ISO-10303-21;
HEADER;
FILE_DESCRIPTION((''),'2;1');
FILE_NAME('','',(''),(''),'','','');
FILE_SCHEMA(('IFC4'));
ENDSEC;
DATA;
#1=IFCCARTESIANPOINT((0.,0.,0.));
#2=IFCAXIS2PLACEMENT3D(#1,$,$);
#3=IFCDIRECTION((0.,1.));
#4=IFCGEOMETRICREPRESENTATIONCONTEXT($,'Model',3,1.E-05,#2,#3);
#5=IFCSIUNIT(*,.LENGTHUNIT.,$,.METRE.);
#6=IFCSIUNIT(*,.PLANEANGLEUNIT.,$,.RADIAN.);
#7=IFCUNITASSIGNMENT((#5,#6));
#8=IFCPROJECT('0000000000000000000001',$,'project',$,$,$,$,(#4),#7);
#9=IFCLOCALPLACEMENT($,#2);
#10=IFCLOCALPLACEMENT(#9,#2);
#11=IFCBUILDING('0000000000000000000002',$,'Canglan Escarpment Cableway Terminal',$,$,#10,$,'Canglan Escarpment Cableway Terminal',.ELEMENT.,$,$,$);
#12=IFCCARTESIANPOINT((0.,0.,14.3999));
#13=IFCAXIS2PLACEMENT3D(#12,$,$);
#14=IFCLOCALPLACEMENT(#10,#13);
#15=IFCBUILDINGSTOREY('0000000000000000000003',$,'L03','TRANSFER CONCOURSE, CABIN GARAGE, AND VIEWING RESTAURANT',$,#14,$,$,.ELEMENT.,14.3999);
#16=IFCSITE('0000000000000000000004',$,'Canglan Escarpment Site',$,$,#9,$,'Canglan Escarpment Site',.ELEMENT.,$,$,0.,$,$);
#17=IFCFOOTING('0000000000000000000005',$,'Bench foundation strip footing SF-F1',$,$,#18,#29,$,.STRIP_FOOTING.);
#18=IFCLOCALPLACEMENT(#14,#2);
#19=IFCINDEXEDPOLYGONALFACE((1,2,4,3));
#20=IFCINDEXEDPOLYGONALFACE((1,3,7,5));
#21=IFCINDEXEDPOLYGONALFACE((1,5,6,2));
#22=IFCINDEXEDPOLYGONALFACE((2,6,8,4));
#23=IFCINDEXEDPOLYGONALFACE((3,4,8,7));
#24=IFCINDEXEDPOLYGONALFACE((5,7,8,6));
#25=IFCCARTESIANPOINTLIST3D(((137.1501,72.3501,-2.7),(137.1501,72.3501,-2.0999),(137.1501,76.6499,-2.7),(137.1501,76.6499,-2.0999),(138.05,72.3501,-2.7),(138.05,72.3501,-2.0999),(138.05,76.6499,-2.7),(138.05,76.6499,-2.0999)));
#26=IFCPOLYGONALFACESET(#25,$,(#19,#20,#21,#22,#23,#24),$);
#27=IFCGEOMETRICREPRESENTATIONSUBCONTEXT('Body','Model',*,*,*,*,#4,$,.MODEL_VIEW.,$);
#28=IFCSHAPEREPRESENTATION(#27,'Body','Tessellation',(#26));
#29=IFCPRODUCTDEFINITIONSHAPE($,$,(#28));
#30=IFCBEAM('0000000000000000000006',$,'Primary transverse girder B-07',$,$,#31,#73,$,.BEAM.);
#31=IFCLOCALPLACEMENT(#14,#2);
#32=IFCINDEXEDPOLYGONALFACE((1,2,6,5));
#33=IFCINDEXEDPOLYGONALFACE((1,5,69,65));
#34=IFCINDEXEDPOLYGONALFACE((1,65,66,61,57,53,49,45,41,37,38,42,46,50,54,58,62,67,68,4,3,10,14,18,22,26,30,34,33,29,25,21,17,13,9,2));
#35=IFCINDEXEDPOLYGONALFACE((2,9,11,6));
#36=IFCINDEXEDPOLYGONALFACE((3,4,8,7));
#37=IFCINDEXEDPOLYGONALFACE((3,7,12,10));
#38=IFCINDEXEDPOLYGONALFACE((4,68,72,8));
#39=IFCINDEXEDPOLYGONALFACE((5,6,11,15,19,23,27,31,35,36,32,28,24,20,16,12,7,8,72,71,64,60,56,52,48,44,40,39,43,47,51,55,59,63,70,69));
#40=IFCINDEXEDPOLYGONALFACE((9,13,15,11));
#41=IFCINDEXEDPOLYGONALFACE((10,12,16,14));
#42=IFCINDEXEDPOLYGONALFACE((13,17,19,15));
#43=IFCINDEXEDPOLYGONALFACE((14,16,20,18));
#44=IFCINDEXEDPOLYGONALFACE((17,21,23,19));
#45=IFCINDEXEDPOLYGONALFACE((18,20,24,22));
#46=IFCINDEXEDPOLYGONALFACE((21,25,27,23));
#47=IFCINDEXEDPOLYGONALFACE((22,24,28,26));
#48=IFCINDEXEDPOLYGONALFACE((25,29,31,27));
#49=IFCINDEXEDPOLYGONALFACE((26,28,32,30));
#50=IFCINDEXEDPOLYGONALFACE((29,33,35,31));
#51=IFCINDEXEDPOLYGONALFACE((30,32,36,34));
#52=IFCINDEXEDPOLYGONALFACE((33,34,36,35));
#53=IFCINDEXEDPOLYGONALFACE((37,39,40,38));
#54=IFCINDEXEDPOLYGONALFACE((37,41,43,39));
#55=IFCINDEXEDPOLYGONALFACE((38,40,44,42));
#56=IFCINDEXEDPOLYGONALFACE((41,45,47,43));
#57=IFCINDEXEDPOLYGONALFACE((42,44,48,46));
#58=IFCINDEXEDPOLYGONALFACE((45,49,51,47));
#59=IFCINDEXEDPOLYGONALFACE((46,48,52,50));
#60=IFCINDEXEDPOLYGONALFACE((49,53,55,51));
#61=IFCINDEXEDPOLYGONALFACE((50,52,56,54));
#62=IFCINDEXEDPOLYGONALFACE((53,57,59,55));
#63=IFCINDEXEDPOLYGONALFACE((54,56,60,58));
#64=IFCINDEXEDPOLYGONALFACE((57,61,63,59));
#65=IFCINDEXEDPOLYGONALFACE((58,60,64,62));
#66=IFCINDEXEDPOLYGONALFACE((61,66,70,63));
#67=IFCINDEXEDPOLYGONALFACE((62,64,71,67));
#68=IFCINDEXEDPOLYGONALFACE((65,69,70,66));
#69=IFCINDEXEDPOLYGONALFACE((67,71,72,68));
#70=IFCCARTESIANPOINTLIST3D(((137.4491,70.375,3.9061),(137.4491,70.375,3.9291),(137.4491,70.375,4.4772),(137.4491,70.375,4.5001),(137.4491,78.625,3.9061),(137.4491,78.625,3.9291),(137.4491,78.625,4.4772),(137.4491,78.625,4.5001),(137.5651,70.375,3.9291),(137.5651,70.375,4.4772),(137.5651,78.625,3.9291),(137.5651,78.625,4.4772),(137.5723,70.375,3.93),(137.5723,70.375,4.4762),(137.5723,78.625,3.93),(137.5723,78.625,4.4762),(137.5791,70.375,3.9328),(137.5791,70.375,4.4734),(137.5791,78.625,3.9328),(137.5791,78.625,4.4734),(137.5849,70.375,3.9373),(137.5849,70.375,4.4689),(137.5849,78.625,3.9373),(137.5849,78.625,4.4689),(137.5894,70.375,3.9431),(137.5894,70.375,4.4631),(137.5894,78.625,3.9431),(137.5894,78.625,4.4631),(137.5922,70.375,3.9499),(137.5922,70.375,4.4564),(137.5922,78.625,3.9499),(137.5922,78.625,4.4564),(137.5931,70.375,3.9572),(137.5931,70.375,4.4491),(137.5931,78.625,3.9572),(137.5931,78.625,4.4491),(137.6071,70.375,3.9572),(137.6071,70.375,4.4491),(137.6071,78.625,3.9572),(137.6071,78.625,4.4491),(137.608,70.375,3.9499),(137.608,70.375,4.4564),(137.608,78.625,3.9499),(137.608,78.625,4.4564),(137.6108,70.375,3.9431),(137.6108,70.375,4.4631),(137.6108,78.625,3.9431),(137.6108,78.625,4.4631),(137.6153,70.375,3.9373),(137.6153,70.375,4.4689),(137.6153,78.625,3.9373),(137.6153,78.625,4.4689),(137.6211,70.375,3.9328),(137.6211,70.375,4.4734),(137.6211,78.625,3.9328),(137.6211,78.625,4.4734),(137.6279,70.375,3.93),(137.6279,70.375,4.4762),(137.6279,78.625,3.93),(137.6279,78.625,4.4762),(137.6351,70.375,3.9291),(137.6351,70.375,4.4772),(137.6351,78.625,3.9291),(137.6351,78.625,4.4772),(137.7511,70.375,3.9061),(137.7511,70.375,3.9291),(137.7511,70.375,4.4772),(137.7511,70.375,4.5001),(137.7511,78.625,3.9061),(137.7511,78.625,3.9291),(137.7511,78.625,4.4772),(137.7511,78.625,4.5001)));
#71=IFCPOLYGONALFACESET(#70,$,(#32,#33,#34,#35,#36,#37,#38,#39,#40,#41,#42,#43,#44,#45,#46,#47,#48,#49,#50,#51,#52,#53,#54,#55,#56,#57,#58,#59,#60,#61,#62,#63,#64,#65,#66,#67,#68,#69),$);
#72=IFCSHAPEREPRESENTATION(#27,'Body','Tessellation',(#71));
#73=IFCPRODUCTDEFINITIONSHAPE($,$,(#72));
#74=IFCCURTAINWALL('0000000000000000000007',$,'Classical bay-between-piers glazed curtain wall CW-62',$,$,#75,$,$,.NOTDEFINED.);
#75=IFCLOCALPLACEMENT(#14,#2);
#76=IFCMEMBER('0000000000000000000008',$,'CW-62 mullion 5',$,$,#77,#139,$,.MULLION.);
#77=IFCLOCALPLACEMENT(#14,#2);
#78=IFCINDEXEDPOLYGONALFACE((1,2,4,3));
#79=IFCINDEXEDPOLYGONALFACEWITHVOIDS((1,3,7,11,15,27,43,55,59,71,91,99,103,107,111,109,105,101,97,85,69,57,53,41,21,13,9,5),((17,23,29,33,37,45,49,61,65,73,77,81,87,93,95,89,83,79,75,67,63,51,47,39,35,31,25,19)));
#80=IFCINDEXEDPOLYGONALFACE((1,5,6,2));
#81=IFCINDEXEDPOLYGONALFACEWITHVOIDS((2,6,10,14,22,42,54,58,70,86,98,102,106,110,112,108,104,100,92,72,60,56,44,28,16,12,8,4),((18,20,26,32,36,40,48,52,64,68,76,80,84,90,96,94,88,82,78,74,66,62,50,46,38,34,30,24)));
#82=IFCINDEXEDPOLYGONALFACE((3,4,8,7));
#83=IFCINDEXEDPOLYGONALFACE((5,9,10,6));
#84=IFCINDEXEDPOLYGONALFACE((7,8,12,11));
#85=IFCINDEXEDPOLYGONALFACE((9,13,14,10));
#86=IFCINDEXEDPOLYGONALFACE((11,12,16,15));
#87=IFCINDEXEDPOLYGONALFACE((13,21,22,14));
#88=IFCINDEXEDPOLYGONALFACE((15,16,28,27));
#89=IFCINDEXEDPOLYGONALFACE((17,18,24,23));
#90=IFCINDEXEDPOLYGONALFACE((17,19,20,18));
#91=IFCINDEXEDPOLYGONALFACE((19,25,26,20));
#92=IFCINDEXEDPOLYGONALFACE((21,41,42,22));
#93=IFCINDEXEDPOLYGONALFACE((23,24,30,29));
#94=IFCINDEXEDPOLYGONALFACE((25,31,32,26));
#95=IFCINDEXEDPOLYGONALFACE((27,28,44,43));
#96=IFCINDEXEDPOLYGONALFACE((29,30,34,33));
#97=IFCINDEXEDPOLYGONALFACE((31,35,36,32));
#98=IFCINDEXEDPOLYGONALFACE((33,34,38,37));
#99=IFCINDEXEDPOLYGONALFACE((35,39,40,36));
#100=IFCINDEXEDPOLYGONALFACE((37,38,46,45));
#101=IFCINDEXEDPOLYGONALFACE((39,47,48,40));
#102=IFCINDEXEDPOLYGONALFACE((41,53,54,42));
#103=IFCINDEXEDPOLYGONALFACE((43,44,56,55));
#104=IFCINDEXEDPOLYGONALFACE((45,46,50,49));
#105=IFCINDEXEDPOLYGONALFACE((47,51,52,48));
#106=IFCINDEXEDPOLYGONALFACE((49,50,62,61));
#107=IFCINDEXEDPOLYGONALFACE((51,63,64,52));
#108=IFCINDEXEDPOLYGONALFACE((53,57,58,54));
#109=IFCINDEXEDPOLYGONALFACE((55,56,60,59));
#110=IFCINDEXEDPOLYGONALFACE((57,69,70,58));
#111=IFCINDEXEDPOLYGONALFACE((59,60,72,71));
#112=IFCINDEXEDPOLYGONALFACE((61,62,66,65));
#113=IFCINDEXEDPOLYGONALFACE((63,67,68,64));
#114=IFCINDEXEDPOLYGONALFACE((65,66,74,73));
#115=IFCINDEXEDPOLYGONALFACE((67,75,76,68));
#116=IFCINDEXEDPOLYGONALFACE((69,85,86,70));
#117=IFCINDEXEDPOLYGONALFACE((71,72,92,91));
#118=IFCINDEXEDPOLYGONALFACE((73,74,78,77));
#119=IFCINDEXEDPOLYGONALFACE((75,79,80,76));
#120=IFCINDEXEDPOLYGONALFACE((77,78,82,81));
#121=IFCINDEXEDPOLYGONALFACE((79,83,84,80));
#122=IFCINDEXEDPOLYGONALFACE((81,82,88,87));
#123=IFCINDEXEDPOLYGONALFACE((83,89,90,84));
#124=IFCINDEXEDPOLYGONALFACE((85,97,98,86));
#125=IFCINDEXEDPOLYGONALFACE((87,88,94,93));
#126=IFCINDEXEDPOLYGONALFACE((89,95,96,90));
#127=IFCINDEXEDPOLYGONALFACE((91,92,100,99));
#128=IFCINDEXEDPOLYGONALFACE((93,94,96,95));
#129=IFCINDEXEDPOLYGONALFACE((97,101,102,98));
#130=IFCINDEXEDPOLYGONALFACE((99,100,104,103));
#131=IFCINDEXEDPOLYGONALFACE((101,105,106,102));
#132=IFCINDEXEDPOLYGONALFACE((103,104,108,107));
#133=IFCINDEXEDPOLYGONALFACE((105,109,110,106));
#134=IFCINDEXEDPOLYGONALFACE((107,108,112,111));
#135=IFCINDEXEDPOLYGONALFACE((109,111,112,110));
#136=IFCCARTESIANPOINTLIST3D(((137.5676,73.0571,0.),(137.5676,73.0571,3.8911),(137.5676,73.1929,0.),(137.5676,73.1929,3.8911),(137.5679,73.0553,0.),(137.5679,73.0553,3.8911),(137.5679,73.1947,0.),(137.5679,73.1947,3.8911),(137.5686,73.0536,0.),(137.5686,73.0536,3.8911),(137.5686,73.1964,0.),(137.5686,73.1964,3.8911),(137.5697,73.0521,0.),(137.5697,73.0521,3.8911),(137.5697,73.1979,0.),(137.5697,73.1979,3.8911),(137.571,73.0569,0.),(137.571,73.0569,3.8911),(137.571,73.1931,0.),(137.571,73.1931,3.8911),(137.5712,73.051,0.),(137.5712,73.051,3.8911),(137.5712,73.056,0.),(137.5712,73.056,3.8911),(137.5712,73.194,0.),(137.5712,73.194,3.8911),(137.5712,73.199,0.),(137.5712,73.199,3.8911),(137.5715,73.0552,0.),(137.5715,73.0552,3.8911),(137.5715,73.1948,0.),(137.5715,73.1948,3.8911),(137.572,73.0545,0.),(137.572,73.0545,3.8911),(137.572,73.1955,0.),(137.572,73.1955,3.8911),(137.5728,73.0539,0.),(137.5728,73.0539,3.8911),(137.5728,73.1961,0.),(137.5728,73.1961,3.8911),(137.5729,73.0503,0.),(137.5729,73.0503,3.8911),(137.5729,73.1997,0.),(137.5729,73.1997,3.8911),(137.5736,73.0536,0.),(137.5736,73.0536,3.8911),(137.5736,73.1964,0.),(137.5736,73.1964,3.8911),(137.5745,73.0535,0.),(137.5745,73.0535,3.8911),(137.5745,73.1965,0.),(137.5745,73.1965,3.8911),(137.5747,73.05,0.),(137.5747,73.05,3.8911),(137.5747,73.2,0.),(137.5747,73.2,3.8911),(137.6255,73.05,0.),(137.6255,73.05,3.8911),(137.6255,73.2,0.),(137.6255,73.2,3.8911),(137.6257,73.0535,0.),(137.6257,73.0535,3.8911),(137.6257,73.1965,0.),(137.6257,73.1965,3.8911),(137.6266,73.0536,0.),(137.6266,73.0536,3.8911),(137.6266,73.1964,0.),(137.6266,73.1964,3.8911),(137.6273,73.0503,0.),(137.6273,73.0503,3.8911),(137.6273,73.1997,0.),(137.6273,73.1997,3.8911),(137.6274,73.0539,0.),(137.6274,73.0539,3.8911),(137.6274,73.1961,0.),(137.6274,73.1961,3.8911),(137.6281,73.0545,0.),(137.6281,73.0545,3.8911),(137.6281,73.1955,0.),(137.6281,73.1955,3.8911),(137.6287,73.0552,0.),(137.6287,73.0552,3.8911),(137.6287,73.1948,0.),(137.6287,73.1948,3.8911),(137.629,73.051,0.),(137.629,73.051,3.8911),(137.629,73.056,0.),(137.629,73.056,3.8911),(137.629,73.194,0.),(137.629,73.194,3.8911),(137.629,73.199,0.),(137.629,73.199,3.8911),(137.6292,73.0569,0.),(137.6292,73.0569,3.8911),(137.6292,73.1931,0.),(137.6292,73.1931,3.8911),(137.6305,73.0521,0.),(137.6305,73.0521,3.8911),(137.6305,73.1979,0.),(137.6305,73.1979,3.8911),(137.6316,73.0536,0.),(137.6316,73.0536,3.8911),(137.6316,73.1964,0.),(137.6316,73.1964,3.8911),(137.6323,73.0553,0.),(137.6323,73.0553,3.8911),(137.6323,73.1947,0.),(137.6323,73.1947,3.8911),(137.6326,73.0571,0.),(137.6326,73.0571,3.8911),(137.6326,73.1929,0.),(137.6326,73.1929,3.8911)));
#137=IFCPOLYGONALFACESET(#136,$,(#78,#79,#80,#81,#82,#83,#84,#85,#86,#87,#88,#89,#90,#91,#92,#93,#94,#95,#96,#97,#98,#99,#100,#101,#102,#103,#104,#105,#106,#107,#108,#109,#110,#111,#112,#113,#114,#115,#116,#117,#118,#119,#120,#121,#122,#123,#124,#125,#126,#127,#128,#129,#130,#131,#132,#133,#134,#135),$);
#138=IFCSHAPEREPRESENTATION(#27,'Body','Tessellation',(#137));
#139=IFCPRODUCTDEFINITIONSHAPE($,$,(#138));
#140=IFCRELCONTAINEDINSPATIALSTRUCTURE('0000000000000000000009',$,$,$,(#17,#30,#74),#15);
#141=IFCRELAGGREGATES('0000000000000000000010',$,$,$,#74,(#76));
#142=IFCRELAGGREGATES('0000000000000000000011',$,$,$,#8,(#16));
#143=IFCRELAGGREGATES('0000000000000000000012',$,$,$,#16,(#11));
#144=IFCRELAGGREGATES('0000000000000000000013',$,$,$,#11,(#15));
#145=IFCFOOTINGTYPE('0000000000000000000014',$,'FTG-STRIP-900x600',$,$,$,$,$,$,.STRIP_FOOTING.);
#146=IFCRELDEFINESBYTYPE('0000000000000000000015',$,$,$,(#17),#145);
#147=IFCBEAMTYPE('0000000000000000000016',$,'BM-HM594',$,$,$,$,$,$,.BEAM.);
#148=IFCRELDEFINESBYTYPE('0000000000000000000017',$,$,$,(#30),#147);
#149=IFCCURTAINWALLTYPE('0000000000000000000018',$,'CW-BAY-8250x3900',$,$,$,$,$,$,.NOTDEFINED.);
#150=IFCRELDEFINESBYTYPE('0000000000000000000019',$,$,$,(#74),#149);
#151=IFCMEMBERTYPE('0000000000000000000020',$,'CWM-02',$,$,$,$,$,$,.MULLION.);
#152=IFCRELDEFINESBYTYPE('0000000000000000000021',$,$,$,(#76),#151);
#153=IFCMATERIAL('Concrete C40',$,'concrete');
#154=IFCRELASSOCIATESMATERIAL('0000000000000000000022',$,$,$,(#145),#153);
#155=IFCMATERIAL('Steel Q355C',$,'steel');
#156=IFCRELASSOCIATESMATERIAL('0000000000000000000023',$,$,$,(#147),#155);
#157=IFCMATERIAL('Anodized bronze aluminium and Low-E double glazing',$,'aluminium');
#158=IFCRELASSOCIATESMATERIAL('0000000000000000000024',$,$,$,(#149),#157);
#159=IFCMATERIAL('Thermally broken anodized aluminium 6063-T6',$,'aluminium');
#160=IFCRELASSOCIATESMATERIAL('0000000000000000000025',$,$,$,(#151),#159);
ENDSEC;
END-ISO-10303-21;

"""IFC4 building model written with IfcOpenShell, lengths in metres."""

from ifc_helpers import new_model, si_unit, direction, frame, origin, origin_2d, place, context, subcontext, project, spatial, rectangle, hollow_rectangle, i_section, extrude, material, material_profile, profile_set, type_object, element, aggregate, save


model = new_model("IFC4")

# Units and contexts
model_context = context("Model", 3, precision=1e-05, world=origin(), true_north=direction((0.0, 1.0)))
body_context = subcontext(model_context, "Body", "Model", "MODEL_VIEW")
ifc_project = project(units=[si_unit("LENGTHUNIT", "METRE"), si_unit("PLANEANGLEUNIT", "RADIAN")], contexts=[model_context])

# Site, building, storey
site_placement = place(None, origin())
site = spatial("IfcSite", under=ifc_project, at=site_placement, Name="Canglan Escarpment Site", LongName="Canglan Escarpment Site", CompositionType="ELEMENT", RefElevation=0.0)
building_placement = place(site_placement, origin())
building = spatial("IfcBuilding", under=site, at=building_placement, Name="Canglan Escarpment Cableway Terminal", LongName="Canglan Escarpment Cableway Terminal", CompositionType="ELEMENT")
storey_placement = place(building_placement, frame((0.0, 0.0, 14.3999)))
storey = spatial("IfcBuildingStorey", under=building, at=storey_placement, Name="L03", Description="TRANSFER CONCOURSE, CABIN GARAGE, AND VIEWING RESTAURANT", CompositionType="ELEMENT", Elevation=14.3999)

# Footing
ifc_material_1 = material(Name="Concrete C40", Category="concrete")
ifc_material_profile_1 = material_profile(ifc_material_1, rectangle(XDim=0.8999, YDim=0.6001, at=origin_2d()), Name="SF 900x600")
ifc_profile_set_1 = profile_set([ifc_material_profile_1], Name="Concrete C40")
footing_type = type_object("IfcFootingType", Name="FTG-STRIP-900x600", PredefinedType="STRIP_FOOTING", material=ifc_profile_set_1)
footing_placement = place(storey_placement, frame((137.6001, 72.3501, -2.3999), z_axis=(0.0, 1.0, 0.0), x_axis=(-1.0, 0.0, 0.0)))
element("IfcFooting", 1, at=footing_placement, inside=storey, type_object=footing_type, Name="Bench foundation strip footing SF-F1", PredefinedType="STRIP_FOOTING", context=body_context, shape_type="SweptSolid", body=[
    extrude(rectangle(XDim=0.8999, YDim=0.6001, at=origin_2d()), origin(), (0.0, 0.0, 1.0), 4.2998),
])

# Beam
ifc_material_2 = material(Name="Steel Q355C", Category="steel")
ifc_material_profile_2 = material_profile(ifc_material_2, i_section(OverallWidth=0.302, OverallDepth=0.594, WebThickness=0.0139, FlangeThickness=0.0229, FilletRadius=0.0281, at=origin_2d()), Name="HM 594x302x14x23")
ifc_profile_set_2 = profile_set([ifc_material_profile_2], Name="Steel Q355C")
beam_type = type_object("IfcBeamType", Name="BM-HM594", PredefinedType="BEAM", material=ifc_profile_set_2)
beam_placement = place(storey_placement, frame((137.6001, 70.375, 4.2031), z_axis=(0.0, 1.0, 0.0), x_axis=(-1.0, 0.0, 0.0)))
element("IfcBeam", 2, at=beam_placement, inside=storey, type_object=beam_type, Name="Primary transverse girder B-07", PredefinedType="BEAM", context=body_context, shape_type="SweptSolid", body=[
    extrude(i_section(OverallWidth=0.302, OverallDepth=0.594, WebThickness=0.0139, FlangeThickness=0.0229, FilletRadius=0.0281, at=origin_2d()), origin(), (0.0, 0.0, 1.0), 8.25),
])

# Curtain wall, member
ifc_material_3 = material(Name="Anodized bronze aluminium and Low-E double glazing", Category="aluminium")
curtain_wall_type = type_object("IfcCurtainWallType", Name="CW-BAY-8250x3900", PredefinedType="NOTDEFINED", material=ifc_material_3)
curtain_wall_placement = place(storey_placement, origin())
curtain_wall = element("IfcCurtainWall", 3, at=curtain_wall_placement, inside=storey, type_object=curtain_wall_type, Name="Classical bay-between-piers glazed curtain wall CW-62", PredefinedType="NOTDEFINED")
ifc_material_4 = material(Name="Thermally broken anodized aluminium 6063-T6", Category="aluminium")
ifc_material_profile_3 = material_profile(ifc_material_4, hollow_rectangle(XDim=0.0649, YDim=0.1499, WallThickness=0.0034, InnerFilletRadius=0.0034, OuterFilletRadius=0.0071, at=origin_2d()), Name="ALU-MULL 65x150x3.5")
ifc_profile_set_3 = profile_set([ifc_material_profile_3], Name="Thermally broken anodized aluminium 6063-T6")
member_type_1 = type_object("IfcMemberType", Name="CWM-02", PredefinedType="MULLION", material=ifc_profile_set_3)
member_1_placement = place(storey_placement, frame((137.6001, 73.125, 0.0), z_axis=(0.0, 0.0, 1.0), x_axis=(1.0, 0.0, 0.0)))
member_1 = element("IfcMember", 4, at=member_1_placement, type_object=member_type_1, Name="CW-62 mullion 5", PredefinedType="MULLION", context=body_context, shape_type="SweptSolid", body=[
    extrude(hollow_rectangle(XDim=0.0649, YDim=0.1499, WallThickness=0.0034, InnerFilletRadius=0.0034, OuterFilletRadius=0.0071, at=origin_2d()), origin(), (0.0, 0.0, 1.0), 3.8911),
])
aggregate(curtain_wall, [member_1])

save(model, "model.ifc")
